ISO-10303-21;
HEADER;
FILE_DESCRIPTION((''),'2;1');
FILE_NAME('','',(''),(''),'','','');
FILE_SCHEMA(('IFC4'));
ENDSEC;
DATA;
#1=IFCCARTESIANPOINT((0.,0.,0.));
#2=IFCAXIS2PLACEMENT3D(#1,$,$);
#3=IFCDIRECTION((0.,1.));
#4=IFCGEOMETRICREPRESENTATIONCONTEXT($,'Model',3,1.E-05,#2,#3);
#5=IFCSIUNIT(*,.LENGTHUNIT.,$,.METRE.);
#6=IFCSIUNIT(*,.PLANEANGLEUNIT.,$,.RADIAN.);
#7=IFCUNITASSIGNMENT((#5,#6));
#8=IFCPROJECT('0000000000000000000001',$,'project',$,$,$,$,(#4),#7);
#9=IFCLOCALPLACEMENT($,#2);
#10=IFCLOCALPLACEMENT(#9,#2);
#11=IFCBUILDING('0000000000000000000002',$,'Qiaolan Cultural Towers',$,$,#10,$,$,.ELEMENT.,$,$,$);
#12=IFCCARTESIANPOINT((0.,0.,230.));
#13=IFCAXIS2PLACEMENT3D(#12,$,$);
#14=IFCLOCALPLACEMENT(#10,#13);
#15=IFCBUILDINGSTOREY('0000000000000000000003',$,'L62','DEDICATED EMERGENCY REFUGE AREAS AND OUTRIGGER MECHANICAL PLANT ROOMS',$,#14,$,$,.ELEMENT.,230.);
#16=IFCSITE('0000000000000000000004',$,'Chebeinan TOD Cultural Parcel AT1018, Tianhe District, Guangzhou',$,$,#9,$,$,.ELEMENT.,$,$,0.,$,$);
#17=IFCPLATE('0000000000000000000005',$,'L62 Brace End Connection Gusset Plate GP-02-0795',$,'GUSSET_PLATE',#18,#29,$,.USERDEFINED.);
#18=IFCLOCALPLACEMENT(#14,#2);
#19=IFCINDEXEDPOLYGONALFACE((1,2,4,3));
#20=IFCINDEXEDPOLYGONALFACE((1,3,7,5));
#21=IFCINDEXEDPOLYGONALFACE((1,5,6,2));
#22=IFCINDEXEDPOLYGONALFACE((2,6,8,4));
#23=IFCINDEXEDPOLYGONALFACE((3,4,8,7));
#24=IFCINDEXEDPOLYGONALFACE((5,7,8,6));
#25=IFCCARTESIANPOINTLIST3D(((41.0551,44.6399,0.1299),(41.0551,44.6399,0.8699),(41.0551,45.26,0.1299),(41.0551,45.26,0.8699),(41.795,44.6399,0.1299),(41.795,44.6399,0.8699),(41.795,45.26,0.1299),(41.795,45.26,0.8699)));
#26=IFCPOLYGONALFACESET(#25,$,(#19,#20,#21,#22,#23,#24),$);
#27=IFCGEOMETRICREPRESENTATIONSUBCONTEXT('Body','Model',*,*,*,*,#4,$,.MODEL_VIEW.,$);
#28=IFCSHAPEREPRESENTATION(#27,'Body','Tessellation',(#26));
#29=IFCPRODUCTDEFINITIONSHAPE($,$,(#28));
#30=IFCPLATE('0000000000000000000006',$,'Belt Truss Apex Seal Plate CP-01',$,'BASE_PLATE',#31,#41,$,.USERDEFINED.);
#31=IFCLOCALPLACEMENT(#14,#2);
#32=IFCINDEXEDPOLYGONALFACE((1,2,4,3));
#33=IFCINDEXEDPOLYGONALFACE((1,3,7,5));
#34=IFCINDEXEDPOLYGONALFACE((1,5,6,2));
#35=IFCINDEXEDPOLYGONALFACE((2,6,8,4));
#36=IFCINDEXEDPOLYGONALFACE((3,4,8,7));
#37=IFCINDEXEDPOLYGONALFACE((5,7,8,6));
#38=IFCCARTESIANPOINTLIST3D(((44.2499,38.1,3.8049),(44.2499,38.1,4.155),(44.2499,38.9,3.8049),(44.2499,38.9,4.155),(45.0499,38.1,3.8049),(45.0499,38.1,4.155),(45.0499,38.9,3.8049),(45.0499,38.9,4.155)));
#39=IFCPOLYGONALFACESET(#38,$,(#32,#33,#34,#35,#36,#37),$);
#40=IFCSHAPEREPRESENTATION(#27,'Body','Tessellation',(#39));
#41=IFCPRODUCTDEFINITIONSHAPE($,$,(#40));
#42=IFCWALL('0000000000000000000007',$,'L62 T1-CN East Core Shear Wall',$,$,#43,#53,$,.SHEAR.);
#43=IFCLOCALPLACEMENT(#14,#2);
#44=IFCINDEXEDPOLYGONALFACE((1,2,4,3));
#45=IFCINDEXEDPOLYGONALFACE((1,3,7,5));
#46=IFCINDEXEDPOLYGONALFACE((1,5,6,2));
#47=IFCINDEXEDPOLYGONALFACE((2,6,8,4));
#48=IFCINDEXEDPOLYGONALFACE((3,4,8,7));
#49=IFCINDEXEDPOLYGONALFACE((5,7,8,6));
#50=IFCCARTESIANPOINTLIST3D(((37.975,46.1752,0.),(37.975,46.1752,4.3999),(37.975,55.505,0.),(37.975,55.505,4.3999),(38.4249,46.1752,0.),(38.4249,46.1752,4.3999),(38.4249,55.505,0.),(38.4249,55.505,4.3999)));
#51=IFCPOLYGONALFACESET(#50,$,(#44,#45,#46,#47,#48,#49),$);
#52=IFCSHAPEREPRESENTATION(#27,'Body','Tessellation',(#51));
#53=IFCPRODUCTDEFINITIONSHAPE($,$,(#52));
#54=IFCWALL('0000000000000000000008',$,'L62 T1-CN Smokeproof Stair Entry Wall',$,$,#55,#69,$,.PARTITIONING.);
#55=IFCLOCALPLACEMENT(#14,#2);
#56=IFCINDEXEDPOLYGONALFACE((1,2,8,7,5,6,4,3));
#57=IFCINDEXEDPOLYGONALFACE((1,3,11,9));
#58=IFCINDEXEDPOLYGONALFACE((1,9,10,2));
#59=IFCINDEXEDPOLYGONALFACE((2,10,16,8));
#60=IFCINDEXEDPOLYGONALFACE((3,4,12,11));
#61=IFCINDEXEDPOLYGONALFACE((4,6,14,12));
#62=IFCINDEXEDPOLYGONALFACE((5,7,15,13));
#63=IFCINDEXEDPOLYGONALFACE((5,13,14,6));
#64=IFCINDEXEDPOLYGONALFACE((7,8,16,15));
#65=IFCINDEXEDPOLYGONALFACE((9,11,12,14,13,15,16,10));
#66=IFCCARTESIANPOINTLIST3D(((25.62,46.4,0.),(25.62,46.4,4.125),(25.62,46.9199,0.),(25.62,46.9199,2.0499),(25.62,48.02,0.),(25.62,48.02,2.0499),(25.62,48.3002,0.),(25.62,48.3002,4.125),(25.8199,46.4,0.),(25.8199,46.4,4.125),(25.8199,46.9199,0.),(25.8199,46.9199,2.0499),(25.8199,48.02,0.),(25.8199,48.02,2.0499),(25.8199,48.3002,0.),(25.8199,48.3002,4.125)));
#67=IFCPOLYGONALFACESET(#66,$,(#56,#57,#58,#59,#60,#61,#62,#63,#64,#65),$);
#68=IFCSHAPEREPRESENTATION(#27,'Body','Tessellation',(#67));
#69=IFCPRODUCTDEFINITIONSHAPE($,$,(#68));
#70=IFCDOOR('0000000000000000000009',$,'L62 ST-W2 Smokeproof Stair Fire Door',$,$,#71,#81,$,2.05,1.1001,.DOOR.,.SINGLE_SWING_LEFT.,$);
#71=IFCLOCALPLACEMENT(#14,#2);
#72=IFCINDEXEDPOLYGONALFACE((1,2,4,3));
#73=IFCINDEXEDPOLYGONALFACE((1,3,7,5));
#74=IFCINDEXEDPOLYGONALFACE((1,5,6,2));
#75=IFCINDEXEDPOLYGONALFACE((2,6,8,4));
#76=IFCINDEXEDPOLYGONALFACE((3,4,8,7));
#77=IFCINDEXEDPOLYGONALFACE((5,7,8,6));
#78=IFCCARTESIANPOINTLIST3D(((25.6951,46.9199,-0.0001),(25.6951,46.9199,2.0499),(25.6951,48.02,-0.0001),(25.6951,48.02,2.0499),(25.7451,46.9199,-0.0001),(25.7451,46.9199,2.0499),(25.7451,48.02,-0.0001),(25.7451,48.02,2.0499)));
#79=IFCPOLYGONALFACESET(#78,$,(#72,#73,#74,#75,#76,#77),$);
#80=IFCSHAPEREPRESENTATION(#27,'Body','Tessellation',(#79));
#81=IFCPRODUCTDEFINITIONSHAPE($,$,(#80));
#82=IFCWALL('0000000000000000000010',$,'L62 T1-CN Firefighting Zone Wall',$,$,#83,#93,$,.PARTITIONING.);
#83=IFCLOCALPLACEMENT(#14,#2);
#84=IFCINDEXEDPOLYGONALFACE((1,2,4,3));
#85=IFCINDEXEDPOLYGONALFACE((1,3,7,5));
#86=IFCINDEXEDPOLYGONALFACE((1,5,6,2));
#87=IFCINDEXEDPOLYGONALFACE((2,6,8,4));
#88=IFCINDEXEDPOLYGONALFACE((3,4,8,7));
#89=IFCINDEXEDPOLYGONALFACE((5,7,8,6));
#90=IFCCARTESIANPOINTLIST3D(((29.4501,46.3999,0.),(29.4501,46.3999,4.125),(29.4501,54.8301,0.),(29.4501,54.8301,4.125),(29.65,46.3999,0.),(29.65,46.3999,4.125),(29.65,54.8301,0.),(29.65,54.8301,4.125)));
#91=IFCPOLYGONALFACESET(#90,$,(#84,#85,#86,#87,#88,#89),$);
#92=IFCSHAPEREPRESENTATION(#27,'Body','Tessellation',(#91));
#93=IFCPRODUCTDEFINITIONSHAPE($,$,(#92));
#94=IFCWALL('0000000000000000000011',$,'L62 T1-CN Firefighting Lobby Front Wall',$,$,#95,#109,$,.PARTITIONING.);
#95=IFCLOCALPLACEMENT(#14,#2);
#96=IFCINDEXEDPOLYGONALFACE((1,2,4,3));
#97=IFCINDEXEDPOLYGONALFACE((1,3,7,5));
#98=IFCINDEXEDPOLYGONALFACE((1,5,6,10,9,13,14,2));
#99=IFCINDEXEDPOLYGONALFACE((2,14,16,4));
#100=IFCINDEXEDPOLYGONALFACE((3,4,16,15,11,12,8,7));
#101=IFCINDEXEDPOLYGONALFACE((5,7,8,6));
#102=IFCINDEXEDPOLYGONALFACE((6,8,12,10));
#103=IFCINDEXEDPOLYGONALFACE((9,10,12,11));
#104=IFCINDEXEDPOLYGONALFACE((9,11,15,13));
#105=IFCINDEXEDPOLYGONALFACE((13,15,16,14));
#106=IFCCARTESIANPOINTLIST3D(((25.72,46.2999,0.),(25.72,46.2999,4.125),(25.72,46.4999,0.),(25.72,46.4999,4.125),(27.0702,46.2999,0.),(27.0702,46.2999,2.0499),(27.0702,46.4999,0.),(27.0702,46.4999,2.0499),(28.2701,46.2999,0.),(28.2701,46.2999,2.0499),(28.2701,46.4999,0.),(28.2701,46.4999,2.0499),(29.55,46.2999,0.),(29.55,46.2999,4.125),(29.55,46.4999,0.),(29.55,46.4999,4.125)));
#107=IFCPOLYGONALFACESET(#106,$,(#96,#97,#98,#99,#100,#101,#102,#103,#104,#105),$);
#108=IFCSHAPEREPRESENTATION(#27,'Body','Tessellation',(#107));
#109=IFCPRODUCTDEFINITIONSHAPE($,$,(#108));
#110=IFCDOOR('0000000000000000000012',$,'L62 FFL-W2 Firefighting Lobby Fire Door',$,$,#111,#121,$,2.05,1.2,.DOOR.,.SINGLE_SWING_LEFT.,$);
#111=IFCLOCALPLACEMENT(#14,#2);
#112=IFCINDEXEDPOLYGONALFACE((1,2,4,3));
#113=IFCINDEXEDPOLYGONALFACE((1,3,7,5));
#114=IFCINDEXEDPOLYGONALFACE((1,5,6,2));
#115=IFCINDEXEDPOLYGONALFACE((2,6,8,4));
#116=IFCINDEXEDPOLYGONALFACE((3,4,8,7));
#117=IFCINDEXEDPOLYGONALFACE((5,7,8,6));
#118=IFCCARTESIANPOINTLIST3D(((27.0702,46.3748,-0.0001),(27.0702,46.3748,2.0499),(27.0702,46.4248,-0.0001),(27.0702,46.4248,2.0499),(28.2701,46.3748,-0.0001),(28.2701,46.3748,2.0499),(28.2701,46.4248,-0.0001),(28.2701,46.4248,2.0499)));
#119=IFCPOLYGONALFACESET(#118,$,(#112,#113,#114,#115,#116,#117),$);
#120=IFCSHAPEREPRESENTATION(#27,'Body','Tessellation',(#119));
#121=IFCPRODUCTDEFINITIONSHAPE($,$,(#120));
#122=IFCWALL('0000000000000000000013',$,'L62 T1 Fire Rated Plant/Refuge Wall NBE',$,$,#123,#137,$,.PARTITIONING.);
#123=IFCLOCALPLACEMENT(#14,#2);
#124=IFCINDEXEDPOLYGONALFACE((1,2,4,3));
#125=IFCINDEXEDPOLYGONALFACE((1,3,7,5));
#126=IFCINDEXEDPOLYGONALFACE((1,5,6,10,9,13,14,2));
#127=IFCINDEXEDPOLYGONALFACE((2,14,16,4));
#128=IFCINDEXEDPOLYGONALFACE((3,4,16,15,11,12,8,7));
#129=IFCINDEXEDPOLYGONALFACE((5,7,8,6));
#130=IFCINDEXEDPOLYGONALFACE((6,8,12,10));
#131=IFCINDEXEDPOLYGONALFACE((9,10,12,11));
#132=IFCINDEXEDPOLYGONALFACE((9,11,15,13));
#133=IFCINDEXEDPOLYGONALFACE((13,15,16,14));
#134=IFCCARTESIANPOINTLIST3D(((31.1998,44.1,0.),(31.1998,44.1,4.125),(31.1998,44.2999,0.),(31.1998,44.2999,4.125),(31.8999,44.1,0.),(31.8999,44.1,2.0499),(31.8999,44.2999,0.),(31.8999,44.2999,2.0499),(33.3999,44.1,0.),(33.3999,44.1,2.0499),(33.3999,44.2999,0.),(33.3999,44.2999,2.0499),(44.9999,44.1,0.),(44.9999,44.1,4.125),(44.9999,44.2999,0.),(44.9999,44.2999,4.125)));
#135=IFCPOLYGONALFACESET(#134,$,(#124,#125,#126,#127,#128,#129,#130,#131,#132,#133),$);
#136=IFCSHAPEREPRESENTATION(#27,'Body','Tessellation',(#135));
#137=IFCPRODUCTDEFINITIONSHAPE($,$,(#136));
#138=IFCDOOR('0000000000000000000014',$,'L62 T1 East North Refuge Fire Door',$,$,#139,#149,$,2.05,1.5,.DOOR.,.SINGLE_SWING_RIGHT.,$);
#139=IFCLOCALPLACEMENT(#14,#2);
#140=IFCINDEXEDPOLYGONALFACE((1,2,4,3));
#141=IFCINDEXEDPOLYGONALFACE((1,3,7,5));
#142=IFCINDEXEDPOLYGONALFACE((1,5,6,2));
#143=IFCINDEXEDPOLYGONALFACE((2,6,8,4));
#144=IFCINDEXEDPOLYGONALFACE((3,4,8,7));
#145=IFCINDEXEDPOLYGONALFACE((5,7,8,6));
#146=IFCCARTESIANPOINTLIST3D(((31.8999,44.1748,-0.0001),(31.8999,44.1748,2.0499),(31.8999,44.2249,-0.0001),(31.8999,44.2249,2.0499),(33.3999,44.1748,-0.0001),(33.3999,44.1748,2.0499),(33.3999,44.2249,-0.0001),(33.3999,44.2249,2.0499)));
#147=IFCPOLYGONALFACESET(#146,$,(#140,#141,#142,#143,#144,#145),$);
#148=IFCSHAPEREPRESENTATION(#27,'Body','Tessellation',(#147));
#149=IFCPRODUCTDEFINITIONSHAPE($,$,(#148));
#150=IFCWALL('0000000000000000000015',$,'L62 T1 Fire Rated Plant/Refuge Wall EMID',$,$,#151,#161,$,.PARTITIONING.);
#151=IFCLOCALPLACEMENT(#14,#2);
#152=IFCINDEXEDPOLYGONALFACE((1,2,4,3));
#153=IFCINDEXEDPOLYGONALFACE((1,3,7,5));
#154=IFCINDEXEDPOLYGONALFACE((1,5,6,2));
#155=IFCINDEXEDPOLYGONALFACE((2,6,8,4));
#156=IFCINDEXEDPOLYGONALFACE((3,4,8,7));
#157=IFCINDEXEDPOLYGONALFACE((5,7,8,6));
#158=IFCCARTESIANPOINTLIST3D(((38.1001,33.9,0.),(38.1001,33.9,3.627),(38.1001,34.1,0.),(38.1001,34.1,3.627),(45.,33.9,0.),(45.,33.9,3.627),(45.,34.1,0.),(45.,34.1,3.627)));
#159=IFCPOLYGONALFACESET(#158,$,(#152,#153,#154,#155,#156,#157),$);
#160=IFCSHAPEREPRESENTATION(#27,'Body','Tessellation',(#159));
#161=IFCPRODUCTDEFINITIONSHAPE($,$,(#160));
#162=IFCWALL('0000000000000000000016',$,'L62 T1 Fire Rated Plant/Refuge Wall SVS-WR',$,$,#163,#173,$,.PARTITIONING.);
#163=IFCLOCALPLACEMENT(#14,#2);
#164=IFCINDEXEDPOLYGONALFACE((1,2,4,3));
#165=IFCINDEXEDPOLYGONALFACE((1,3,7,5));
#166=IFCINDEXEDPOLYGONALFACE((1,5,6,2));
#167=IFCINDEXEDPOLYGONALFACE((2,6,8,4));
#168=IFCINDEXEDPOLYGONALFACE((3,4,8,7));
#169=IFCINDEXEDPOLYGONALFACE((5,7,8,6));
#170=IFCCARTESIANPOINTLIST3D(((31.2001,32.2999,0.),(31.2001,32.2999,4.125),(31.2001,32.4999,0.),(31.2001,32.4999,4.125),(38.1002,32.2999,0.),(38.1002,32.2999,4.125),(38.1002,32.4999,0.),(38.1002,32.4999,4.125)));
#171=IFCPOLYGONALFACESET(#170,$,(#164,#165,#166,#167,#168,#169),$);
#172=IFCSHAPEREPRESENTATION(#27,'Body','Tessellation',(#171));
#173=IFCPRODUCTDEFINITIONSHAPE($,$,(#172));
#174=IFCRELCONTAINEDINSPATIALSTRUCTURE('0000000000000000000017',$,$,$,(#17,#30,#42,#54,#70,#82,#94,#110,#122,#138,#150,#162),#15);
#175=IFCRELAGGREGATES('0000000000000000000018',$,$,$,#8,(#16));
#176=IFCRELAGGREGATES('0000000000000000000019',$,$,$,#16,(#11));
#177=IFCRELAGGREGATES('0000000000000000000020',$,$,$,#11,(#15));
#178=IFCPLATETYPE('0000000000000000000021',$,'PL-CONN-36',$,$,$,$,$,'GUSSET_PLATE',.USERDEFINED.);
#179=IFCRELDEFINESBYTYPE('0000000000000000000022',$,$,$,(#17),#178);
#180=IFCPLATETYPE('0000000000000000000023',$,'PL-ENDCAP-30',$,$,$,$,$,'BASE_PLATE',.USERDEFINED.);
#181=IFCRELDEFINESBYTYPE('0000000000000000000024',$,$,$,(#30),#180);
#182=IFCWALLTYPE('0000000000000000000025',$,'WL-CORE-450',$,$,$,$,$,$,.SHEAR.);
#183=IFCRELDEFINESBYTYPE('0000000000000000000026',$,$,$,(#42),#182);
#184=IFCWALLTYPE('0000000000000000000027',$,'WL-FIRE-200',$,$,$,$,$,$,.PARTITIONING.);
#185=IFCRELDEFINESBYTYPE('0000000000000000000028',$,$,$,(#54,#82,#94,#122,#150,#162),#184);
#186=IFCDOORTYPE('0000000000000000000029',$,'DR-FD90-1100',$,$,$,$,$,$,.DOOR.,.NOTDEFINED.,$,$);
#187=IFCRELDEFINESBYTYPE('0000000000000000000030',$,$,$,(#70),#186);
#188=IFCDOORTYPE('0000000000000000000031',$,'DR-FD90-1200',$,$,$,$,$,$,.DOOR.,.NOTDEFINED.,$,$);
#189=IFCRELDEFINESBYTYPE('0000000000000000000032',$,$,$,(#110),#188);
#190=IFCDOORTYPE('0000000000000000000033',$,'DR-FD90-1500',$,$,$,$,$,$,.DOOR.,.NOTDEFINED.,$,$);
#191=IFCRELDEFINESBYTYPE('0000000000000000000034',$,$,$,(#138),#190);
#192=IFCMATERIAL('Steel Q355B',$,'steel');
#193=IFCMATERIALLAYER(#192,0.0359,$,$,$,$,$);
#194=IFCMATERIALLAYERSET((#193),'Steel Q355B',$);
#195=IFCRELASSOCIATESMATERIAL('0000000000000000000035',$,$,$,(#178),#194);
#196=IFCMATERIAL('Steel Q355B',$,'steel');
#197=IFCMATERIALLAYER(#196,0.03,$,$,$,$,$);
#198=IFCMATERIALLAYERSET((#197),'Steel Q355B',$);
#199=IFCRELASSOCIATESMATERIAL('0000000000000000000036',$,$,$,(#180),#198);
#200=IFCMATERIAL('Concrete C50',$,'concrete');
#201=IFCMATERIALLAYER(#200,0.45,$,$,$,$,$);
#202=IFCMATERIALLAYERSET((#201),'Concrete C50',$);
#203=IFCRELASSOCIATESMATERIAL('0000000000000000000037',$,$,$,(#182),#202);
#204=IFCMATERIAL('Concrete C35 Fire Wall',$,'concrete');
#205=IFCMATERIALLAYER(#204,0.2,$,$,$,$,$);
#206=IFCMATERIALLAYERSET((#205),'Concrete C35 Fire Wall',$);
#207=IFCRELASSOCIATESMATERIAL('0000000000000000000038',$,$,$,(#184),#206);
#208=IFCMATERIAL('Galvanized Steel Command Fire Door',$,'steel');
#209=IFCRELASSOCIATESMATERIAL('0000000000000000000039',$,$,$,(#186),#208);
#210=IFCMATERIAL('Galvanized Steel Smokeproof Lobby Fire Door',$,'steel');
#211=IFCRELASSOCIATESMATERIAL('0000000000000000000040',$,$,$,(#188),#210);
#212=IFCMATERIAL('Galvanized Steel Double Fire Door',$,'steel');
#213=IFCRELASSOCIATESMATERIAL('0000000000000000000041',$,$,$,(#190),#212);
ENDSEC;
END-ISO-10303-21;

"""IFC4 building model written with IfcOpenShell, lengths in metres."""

from ifc_helpers import new_model, si_unit, direction, frame, frame_2d, origin, origin_2d, place, context, subcontext, project, spatial, rectangle, extrude, material, layer, layer_set, type_object, element, fill, save


model = new_model("IFC4")

# Units and contexts
model_context = context("Model", 3, precision=1e-05, world=origin(), true_north=direction((0.0, 1.0)))
body_context = subcontext(model_context, "Body", "Model", "MODEL_VIEW")
ifc_project = project(units=[si_unit("LENGTHUNIT", "METRE"), si_unit("PLANEANGLEUNIT", "RADIAN")], contexts=[model_context])

# Site, building, storey
site_placement = place(None, origin())
site = spatial("IfcSite", under=ifc_project, at=site_placement, Name="Chebeinan TOD Cultural Parcel AT1018, Tianhe District, Guangzhou", CompositionType="ELEMENT", RefElevation=0.0)
building_placement = place(site_placement, origin())
building = spatial("IfcBuilding", under=site, at=building_placement, Name="Qiaolan Cultural Towers", CompositionType="ELEMENT")
storey_placement = place(building_placement, frame((0.0, 0.0, 230.0)))
storey = spatial("IfcBuildingStorey", under=building, at=storey_placement, Name="L62", Description="DEDICATED EMERGENCY REFUGE AREAS AND OUTRIGGER MECHANICAL PLANT ROOMS", CompositionType="ELEMENT", Elevation=230.0)

# Plates
ifc_material_1 = material(Name="Steel Q355B", Category="steel")
ifc_layer_1 = layer(ifc_material_1, 0.0359)
ifc_layer_set_1 = layer_set([ifc_layer_1], Name="Steel Q355B")
plate_type_1 = type_object("IfcPlateType", Name="PL-CONN-36", ElementType="GUSSET_PLATE", PredefinedType="USERDEFINED", material=ifc_layer_set_1)
for number, where, z_axis, x_axis, name in (
    (1, (41.425, 44.95, 0.1299), (0.0, 0.0, 1.0), (1.0, 0.0, 0.0), "L62 Brace End Connection Gusset Plate GP-02-0795"),
):
    element("IfcPlate", number, at=place(storey_placement, frame(where, z_axis=z_axis, x_axis=x_axis)), inside=storey, type_object=plate_type_1, Name=name, ObjectType="GUSSET_PLATE", PredefinedType="USERDEFINED", context=body_context, shape_type="SweptSolid", body=[
        extrude(rectangle(XDim=0.74, YDim=0.6201, at=origin_2d()), origin(), (0.0, 0.0, 1.0), 0.74),
    ])
ifc_material_2 = material(Name="Steel Q355B", Category="steel")
ifc_layer_2 = layer(ifc_material_2, 0.03)
ifc_layer_set_2 = layer_set([ifc_layer_2], Name="Steel Q355B")
plate_type_2 = type_object("IfcPlateType", Name="PL-ENDCAP-30", ElementType="BASE_PLATE", PredefinedType="USERDEFINED", material=ifc_layer_set_2)
plate_placement = place(storey_placement, frame((44.6499, 38.5, 3.8049), z_axis=(0.0, 0.0, 1.0), x_axis=(1.0, 0.0, 0.0)))
element("IfcPlate", 2, at=plate_placement, inside=storey, type_object=plate_type_2, Name="Belt Truss Apex Seal Plate CP-01", ObjectType="BASE_PLATE", PredefinedType="USERDEFINED", context=body_context, shape_type="SweptSolid", body=[
    extrude(rectangle(XDim=0.8, YDim=0.8, at=origin_2d()), origin(), (0.0, 0.0, 1.0), 0.3501),
])

# Wall
ifc_material_3 = material(Name="Concrete C50", Category="concrete")
ifc_layer_3 = layer(ifc_material_3, 0.45)
ifc_layer_set_3 = layer_set([ifc_layer_3], Name="Concrete C50")
wall_type_1 = type_object("IfcWallType", Name="WL-CORE-450", PredefinedType="SHEAR", material=ifc_layer_set_3)
wall_1_placement = place(storey_placement, frame((38.2, 46.175, 0.0), z_axis=(0.0, 0.0, 1.0), x_axis=(0.0, 1.0, 0.0)))
element("IfcWall", 3, at=wall_1_placement, inside=storey, type_object=wall_type_1, Name="L62 T1-CN East Core Shear Wall", PredefinedType="SHEAR", context=body_context, shape_type="SweptSolid", body=[
    extrude(rectangle(XDim=9.3298, YDim=0.45, at=frame_2d((4.665, 0.0))), origin(), (0.0, 0.0, 1.0), 4.3999),
])

# Wall, opening, door
ifc_material_4 = material(Name="Concrete C35 Fire Wall", Category="concrete")
ifc_layer_4 = layer(ifc_material_4, 0.2)
ifc_layer_set_4 = layer_set([ifc_layer_4], Name="Concrete C35 Fire Wall")
wall_type_2 = type_object("IfcWallType", Name="WL-FIRE-200", PredefinedType="PARTITIONING", material=ifc_layer_set_4)
wall_2_placement = place(storey_placement, frame((25.72, 46.3999, 0.0), z_axis=(0.0, 0.0, 1.0), x_axis=(0.0, 1.0, 0.0)))
wall_2 = element("IfcWall", 4, at=wall_2_placement, inside=storey, type_object=wall_type_2, Name="L62 T1-CN Smokeproof Stair Entry Wall", PredefinedType="PARTITIONING", context=body_context, shape_type="SweptSolid", body=[
    extrude(rectangle(XDim=1.9001, YDim=0.2, at=frame_2d((0.9502, 0.0))), origin(), (0.0, 0.0, 1.0), 4.125),
])
opening_1_placement = place(wall_2_placement, frame((0.52, 0.0, 0.0)))
opening_1 = element("IfcOpeningElement", 5, at=opening_1_placement, cuts=wall_2, PredefinedType="OPENING", context=body_context, shape_type="SweptSolid", body=[
    extrude(rectangle(XDim=1.1001, YDim=2.05, at=frame_2d((0.55, 1.0249))), frame((0.0, 0.1099, 0.0), z_axis=(0.0, -1.0, 0.0), x_axis=(1.0, 0.0, 0.0)), (0.0, 0.0, 1.0), 0.22),
])
ifc_material_5 = material(Name="Galvanized Steel Command Fire Door", Category="steel")
door_type_1 = type_object("IfcDoorType", Name="DR-FD90-1100", OperationType="NOTDEFINED", PredefinedType="DOOR", material=ifc_material_5)
door_1_placement = place(opening_1_placement, origin())
door_1 = element("IfcDoor", 6, at=door_1_placement, inside=storey, type_object=door_type_1, Name="L62 ST-W2 Smokeproof Stair Fire Door", OperationType="SINGLE_SWING_LEFT", OverallHeight=2.05, OverallWidth=1.1001, PredefinedType="DOOR", context=body_context, shape_type="SweptSolid", body=[
    extrude(rectangle(XDim=1.1001, YDim=2.05, at=frame_2d((0.55, 1.0249))), frame((0.0, 0.0249, 0.0), z_axis=(0.0, -1.0, 0.0), x_axis=(1.0, 0.0, 0.0)), (0.0, 0.0, 1.0), 0.05),
])
fill(opening_1, door_1)

# Wall
wall_3_placement = place(storey_placement, frame((29.55, 46.3999, 0.0), z_axis=(0.0, 0.0, 1.0), x_axis=(0.0, 1.0, 0.0)))
element("IfcWall", 7, at=wall_3_placement, inside=storey, type_object=wall_type_2, Name="L62 T1-CN Firefighting Zone Wall", PredefinedType="PARTITIONING", context=body_context, shape_type="SweptSolid", body=[
    extrude(rectangle(XDim=8.4302, YDim=0.2, at=frame_2d((4.2151, 0.0))), origin(), (0.0, 0.0, 1.0), 4.125),
])

# Walls, openings, doors
wall_4_placement = place(storey_placement, frame((25.72, 46.3999, 0.0), z_axis=(0.0, 0.0, 1.0), x_axis=(1.0, 0.0, 0.0)))
wall_4 = element("IfcWall", 8, at=wall_4_placement, inside=storey, type_object=wall_type_2, Name="L62 T1-CN Firefighting Lobby Front Wall", PredefinedType="PARTITIONING", context=body_context, shape_type="SweptSolid", body=[
    extrude(rectangle(XDim=3.8301, YDim=0.2, at=frame_2d((1.915, 0.0))), origin(), (0.0, 0.0, 1.0), 4.125),
])
opening_2_placement = place(wall_4_placement, frame((1.3501, 0.0, 0.0)))
opening_2 = element("IfcOpeningElement", 9, at=opening_2_placement, cuts=wall_4, PredefinedType="OPENING", context=body_context, shape_type="SweptSolid", body=[
    extrude(rectangle(XDim=1.2, YDim=2.05, at=frame_2d((0.6001, 1.0249))), frame((0.0, 0.1099, 0.0), z_axis=(0.0, -1.0, 0.0), x_axis=(1.0, 0.0, 0.0)), (0.0, 0.0, 1.0), 0.22),
])
ifc_material_6 = material(Name="Galvanized Steel Smokeproof Lobby Fire Door", Category="steel")
door_type_2 = type_object("IfcDoorType", Name="DR-FD90-1200", OperationType="NOTDEFINED", PredefinedType="DOOR", material=ifc_material_6)
door_2_placement = place(opening_2_placement, origin())
door_2 = element("IfcDoor", 10, at=door_2_placement, inside=storey, type_object=door_type_2, Name="L62 FFL-W2 Firefighting Lobby Fire Door", OperationType="SINGLE_SWING_LEFT", OverallHeight=2.05, OverallWidth=1.2, PredefinedType="DOOR", context=body_context, shape_type="SweptSolid", body=[
    extrude(rectangle(XDim=1.2, YDim=2.05, at=frame_2d((0.6001, 1.0249))), frame((0.0, 0.0249, 0.0), z_axis=(0.0, -1.0, 0.0), x_axis=(1.0, 0.0, 0.0)), (0.0, 0.0, 1.0), 0.05),
])
fill(opening_2, door_2)
wall_5_placement = place(storey_placement, frame((31.2, 44.2, 0.0), z_axis=(0.0, 0.0, 1.0), x_axis=(1.0, 0.0, 0.0)))
wall_5 = element("IfcWall", 11, at=wall_5_placement, inside=storey, type_object=wall_type_2, Name="L62 T1 Fire Rated Plant/Refuge Wall NBE", PredefinedType="PARTITIONING", context=body_context, shape_type="SweptSolid", body=[
    extrude(rectangle(XDim=13.8, YDim=0.2, at=frame_2d((6.8999, 0.0))), origin(), (0.0, 0.0, 1.0), 4.125),
])
opening_3_placement = place(wall_5_placement, frame((0.7, 0.0, 0.0)))
opening_3 = element("IfcOpeningElement", 12, at=opening_3_placement, cuts=wall_5, PredefinedType="OPENING", context=body_context, shape_type="SweptSolid", body=[
    extrude(rectangle(XDim=1.5, YDim=2.05, at=frame_2d((0.75, 1.0249))), frame((0.0, 0.1099, 0.0), z_axis=(0.0, -1.0, 0.0), x_axis=(1.0, 0.0, 0.0)), (0.0, 0.0, 1.0), 0.22),
])
ifc_material_7 = material(Name="Galvanized Steel Double Fire Door", Category="steel")
door_type_3 = type_object("IfcDoorType", Name="DR-FD90-1500", OperationType="NOTDEFINED", PredefinedType="DOOR", material=ifc_material_7)
door_3_placement = place(opening_3_placement, origin())
door_3 = element("IfcDoor", 13, at=door_3_placement, inside=storey, type_object=door_type_3, Name="L62 T1 East North Refuge Fire Door", OperationType="SINGLE_SWING_RIGHT", OverallHeight=2.05, OverallWidth=1.5, PredefinedType="DOOR", context=body_context, shape_type="SweptSolid", body=[
    extrude(rectangle(XDim=1.5, YDim=2.05, at=frame_2d((0.75, 1.0249))), frame((0.0, 0.0249, 0.0), z_axis=(0.0, -1.0, 0.0), x_axis=(1.0, 0.0, 0.0)), (0.0, 0.0, 1.0), 0.05),
])
fill(opening_3, door_3)

# Walls
wall_6_placement = place(storey_placement, frame((38.1001, 34.0, 0.0), z_axis=(0.0, 0.0, 1.0), x_axis=(1.0, 0.0, 0.0)))
element("IfcWall", 14, at=wall_6_placement, inside=storey, type_object=wall_type_2, Name="L62 T1 Fire Rated Plant/Refuge Wall EMID", PredefinedType="PARTITIONING", context=body_context, shape_type="SweptSolid", body=[
    extrude(rectangle(XDim=6.8999, YDim=0.2, at=frame_2d((3.45, 0.0))), origin(), (0.0, 0.0, 1.0), 3.627),
])
for number, where, z_axis, x_axis, name in (
    (15, (31.2, 32.3999, 0.0), (0.0, 0.0, 1.0), (1.0, 0.0, 0.0), "L62 T1 Fire Rated Plant/Refuge Wall SVS-WR"),
):
    element("IfcWall", number, at=place(storey_placement, frame(where, z_axis=z_axis, x_axis=x_axis)), inside=storey, type_object=wall_type_2, Name=name, PredefinedType="PARTITIONING", context=body_context, shape_type="SweptSolid", body=[
        extrude(rectangle(XDim=6.9001, YDim=0.2, at=frame_2d((3.4502, 0.0))), origin(), (0.0, 0.0, 1.0), 4.125),
    ])

save(model, "model.ifc")
